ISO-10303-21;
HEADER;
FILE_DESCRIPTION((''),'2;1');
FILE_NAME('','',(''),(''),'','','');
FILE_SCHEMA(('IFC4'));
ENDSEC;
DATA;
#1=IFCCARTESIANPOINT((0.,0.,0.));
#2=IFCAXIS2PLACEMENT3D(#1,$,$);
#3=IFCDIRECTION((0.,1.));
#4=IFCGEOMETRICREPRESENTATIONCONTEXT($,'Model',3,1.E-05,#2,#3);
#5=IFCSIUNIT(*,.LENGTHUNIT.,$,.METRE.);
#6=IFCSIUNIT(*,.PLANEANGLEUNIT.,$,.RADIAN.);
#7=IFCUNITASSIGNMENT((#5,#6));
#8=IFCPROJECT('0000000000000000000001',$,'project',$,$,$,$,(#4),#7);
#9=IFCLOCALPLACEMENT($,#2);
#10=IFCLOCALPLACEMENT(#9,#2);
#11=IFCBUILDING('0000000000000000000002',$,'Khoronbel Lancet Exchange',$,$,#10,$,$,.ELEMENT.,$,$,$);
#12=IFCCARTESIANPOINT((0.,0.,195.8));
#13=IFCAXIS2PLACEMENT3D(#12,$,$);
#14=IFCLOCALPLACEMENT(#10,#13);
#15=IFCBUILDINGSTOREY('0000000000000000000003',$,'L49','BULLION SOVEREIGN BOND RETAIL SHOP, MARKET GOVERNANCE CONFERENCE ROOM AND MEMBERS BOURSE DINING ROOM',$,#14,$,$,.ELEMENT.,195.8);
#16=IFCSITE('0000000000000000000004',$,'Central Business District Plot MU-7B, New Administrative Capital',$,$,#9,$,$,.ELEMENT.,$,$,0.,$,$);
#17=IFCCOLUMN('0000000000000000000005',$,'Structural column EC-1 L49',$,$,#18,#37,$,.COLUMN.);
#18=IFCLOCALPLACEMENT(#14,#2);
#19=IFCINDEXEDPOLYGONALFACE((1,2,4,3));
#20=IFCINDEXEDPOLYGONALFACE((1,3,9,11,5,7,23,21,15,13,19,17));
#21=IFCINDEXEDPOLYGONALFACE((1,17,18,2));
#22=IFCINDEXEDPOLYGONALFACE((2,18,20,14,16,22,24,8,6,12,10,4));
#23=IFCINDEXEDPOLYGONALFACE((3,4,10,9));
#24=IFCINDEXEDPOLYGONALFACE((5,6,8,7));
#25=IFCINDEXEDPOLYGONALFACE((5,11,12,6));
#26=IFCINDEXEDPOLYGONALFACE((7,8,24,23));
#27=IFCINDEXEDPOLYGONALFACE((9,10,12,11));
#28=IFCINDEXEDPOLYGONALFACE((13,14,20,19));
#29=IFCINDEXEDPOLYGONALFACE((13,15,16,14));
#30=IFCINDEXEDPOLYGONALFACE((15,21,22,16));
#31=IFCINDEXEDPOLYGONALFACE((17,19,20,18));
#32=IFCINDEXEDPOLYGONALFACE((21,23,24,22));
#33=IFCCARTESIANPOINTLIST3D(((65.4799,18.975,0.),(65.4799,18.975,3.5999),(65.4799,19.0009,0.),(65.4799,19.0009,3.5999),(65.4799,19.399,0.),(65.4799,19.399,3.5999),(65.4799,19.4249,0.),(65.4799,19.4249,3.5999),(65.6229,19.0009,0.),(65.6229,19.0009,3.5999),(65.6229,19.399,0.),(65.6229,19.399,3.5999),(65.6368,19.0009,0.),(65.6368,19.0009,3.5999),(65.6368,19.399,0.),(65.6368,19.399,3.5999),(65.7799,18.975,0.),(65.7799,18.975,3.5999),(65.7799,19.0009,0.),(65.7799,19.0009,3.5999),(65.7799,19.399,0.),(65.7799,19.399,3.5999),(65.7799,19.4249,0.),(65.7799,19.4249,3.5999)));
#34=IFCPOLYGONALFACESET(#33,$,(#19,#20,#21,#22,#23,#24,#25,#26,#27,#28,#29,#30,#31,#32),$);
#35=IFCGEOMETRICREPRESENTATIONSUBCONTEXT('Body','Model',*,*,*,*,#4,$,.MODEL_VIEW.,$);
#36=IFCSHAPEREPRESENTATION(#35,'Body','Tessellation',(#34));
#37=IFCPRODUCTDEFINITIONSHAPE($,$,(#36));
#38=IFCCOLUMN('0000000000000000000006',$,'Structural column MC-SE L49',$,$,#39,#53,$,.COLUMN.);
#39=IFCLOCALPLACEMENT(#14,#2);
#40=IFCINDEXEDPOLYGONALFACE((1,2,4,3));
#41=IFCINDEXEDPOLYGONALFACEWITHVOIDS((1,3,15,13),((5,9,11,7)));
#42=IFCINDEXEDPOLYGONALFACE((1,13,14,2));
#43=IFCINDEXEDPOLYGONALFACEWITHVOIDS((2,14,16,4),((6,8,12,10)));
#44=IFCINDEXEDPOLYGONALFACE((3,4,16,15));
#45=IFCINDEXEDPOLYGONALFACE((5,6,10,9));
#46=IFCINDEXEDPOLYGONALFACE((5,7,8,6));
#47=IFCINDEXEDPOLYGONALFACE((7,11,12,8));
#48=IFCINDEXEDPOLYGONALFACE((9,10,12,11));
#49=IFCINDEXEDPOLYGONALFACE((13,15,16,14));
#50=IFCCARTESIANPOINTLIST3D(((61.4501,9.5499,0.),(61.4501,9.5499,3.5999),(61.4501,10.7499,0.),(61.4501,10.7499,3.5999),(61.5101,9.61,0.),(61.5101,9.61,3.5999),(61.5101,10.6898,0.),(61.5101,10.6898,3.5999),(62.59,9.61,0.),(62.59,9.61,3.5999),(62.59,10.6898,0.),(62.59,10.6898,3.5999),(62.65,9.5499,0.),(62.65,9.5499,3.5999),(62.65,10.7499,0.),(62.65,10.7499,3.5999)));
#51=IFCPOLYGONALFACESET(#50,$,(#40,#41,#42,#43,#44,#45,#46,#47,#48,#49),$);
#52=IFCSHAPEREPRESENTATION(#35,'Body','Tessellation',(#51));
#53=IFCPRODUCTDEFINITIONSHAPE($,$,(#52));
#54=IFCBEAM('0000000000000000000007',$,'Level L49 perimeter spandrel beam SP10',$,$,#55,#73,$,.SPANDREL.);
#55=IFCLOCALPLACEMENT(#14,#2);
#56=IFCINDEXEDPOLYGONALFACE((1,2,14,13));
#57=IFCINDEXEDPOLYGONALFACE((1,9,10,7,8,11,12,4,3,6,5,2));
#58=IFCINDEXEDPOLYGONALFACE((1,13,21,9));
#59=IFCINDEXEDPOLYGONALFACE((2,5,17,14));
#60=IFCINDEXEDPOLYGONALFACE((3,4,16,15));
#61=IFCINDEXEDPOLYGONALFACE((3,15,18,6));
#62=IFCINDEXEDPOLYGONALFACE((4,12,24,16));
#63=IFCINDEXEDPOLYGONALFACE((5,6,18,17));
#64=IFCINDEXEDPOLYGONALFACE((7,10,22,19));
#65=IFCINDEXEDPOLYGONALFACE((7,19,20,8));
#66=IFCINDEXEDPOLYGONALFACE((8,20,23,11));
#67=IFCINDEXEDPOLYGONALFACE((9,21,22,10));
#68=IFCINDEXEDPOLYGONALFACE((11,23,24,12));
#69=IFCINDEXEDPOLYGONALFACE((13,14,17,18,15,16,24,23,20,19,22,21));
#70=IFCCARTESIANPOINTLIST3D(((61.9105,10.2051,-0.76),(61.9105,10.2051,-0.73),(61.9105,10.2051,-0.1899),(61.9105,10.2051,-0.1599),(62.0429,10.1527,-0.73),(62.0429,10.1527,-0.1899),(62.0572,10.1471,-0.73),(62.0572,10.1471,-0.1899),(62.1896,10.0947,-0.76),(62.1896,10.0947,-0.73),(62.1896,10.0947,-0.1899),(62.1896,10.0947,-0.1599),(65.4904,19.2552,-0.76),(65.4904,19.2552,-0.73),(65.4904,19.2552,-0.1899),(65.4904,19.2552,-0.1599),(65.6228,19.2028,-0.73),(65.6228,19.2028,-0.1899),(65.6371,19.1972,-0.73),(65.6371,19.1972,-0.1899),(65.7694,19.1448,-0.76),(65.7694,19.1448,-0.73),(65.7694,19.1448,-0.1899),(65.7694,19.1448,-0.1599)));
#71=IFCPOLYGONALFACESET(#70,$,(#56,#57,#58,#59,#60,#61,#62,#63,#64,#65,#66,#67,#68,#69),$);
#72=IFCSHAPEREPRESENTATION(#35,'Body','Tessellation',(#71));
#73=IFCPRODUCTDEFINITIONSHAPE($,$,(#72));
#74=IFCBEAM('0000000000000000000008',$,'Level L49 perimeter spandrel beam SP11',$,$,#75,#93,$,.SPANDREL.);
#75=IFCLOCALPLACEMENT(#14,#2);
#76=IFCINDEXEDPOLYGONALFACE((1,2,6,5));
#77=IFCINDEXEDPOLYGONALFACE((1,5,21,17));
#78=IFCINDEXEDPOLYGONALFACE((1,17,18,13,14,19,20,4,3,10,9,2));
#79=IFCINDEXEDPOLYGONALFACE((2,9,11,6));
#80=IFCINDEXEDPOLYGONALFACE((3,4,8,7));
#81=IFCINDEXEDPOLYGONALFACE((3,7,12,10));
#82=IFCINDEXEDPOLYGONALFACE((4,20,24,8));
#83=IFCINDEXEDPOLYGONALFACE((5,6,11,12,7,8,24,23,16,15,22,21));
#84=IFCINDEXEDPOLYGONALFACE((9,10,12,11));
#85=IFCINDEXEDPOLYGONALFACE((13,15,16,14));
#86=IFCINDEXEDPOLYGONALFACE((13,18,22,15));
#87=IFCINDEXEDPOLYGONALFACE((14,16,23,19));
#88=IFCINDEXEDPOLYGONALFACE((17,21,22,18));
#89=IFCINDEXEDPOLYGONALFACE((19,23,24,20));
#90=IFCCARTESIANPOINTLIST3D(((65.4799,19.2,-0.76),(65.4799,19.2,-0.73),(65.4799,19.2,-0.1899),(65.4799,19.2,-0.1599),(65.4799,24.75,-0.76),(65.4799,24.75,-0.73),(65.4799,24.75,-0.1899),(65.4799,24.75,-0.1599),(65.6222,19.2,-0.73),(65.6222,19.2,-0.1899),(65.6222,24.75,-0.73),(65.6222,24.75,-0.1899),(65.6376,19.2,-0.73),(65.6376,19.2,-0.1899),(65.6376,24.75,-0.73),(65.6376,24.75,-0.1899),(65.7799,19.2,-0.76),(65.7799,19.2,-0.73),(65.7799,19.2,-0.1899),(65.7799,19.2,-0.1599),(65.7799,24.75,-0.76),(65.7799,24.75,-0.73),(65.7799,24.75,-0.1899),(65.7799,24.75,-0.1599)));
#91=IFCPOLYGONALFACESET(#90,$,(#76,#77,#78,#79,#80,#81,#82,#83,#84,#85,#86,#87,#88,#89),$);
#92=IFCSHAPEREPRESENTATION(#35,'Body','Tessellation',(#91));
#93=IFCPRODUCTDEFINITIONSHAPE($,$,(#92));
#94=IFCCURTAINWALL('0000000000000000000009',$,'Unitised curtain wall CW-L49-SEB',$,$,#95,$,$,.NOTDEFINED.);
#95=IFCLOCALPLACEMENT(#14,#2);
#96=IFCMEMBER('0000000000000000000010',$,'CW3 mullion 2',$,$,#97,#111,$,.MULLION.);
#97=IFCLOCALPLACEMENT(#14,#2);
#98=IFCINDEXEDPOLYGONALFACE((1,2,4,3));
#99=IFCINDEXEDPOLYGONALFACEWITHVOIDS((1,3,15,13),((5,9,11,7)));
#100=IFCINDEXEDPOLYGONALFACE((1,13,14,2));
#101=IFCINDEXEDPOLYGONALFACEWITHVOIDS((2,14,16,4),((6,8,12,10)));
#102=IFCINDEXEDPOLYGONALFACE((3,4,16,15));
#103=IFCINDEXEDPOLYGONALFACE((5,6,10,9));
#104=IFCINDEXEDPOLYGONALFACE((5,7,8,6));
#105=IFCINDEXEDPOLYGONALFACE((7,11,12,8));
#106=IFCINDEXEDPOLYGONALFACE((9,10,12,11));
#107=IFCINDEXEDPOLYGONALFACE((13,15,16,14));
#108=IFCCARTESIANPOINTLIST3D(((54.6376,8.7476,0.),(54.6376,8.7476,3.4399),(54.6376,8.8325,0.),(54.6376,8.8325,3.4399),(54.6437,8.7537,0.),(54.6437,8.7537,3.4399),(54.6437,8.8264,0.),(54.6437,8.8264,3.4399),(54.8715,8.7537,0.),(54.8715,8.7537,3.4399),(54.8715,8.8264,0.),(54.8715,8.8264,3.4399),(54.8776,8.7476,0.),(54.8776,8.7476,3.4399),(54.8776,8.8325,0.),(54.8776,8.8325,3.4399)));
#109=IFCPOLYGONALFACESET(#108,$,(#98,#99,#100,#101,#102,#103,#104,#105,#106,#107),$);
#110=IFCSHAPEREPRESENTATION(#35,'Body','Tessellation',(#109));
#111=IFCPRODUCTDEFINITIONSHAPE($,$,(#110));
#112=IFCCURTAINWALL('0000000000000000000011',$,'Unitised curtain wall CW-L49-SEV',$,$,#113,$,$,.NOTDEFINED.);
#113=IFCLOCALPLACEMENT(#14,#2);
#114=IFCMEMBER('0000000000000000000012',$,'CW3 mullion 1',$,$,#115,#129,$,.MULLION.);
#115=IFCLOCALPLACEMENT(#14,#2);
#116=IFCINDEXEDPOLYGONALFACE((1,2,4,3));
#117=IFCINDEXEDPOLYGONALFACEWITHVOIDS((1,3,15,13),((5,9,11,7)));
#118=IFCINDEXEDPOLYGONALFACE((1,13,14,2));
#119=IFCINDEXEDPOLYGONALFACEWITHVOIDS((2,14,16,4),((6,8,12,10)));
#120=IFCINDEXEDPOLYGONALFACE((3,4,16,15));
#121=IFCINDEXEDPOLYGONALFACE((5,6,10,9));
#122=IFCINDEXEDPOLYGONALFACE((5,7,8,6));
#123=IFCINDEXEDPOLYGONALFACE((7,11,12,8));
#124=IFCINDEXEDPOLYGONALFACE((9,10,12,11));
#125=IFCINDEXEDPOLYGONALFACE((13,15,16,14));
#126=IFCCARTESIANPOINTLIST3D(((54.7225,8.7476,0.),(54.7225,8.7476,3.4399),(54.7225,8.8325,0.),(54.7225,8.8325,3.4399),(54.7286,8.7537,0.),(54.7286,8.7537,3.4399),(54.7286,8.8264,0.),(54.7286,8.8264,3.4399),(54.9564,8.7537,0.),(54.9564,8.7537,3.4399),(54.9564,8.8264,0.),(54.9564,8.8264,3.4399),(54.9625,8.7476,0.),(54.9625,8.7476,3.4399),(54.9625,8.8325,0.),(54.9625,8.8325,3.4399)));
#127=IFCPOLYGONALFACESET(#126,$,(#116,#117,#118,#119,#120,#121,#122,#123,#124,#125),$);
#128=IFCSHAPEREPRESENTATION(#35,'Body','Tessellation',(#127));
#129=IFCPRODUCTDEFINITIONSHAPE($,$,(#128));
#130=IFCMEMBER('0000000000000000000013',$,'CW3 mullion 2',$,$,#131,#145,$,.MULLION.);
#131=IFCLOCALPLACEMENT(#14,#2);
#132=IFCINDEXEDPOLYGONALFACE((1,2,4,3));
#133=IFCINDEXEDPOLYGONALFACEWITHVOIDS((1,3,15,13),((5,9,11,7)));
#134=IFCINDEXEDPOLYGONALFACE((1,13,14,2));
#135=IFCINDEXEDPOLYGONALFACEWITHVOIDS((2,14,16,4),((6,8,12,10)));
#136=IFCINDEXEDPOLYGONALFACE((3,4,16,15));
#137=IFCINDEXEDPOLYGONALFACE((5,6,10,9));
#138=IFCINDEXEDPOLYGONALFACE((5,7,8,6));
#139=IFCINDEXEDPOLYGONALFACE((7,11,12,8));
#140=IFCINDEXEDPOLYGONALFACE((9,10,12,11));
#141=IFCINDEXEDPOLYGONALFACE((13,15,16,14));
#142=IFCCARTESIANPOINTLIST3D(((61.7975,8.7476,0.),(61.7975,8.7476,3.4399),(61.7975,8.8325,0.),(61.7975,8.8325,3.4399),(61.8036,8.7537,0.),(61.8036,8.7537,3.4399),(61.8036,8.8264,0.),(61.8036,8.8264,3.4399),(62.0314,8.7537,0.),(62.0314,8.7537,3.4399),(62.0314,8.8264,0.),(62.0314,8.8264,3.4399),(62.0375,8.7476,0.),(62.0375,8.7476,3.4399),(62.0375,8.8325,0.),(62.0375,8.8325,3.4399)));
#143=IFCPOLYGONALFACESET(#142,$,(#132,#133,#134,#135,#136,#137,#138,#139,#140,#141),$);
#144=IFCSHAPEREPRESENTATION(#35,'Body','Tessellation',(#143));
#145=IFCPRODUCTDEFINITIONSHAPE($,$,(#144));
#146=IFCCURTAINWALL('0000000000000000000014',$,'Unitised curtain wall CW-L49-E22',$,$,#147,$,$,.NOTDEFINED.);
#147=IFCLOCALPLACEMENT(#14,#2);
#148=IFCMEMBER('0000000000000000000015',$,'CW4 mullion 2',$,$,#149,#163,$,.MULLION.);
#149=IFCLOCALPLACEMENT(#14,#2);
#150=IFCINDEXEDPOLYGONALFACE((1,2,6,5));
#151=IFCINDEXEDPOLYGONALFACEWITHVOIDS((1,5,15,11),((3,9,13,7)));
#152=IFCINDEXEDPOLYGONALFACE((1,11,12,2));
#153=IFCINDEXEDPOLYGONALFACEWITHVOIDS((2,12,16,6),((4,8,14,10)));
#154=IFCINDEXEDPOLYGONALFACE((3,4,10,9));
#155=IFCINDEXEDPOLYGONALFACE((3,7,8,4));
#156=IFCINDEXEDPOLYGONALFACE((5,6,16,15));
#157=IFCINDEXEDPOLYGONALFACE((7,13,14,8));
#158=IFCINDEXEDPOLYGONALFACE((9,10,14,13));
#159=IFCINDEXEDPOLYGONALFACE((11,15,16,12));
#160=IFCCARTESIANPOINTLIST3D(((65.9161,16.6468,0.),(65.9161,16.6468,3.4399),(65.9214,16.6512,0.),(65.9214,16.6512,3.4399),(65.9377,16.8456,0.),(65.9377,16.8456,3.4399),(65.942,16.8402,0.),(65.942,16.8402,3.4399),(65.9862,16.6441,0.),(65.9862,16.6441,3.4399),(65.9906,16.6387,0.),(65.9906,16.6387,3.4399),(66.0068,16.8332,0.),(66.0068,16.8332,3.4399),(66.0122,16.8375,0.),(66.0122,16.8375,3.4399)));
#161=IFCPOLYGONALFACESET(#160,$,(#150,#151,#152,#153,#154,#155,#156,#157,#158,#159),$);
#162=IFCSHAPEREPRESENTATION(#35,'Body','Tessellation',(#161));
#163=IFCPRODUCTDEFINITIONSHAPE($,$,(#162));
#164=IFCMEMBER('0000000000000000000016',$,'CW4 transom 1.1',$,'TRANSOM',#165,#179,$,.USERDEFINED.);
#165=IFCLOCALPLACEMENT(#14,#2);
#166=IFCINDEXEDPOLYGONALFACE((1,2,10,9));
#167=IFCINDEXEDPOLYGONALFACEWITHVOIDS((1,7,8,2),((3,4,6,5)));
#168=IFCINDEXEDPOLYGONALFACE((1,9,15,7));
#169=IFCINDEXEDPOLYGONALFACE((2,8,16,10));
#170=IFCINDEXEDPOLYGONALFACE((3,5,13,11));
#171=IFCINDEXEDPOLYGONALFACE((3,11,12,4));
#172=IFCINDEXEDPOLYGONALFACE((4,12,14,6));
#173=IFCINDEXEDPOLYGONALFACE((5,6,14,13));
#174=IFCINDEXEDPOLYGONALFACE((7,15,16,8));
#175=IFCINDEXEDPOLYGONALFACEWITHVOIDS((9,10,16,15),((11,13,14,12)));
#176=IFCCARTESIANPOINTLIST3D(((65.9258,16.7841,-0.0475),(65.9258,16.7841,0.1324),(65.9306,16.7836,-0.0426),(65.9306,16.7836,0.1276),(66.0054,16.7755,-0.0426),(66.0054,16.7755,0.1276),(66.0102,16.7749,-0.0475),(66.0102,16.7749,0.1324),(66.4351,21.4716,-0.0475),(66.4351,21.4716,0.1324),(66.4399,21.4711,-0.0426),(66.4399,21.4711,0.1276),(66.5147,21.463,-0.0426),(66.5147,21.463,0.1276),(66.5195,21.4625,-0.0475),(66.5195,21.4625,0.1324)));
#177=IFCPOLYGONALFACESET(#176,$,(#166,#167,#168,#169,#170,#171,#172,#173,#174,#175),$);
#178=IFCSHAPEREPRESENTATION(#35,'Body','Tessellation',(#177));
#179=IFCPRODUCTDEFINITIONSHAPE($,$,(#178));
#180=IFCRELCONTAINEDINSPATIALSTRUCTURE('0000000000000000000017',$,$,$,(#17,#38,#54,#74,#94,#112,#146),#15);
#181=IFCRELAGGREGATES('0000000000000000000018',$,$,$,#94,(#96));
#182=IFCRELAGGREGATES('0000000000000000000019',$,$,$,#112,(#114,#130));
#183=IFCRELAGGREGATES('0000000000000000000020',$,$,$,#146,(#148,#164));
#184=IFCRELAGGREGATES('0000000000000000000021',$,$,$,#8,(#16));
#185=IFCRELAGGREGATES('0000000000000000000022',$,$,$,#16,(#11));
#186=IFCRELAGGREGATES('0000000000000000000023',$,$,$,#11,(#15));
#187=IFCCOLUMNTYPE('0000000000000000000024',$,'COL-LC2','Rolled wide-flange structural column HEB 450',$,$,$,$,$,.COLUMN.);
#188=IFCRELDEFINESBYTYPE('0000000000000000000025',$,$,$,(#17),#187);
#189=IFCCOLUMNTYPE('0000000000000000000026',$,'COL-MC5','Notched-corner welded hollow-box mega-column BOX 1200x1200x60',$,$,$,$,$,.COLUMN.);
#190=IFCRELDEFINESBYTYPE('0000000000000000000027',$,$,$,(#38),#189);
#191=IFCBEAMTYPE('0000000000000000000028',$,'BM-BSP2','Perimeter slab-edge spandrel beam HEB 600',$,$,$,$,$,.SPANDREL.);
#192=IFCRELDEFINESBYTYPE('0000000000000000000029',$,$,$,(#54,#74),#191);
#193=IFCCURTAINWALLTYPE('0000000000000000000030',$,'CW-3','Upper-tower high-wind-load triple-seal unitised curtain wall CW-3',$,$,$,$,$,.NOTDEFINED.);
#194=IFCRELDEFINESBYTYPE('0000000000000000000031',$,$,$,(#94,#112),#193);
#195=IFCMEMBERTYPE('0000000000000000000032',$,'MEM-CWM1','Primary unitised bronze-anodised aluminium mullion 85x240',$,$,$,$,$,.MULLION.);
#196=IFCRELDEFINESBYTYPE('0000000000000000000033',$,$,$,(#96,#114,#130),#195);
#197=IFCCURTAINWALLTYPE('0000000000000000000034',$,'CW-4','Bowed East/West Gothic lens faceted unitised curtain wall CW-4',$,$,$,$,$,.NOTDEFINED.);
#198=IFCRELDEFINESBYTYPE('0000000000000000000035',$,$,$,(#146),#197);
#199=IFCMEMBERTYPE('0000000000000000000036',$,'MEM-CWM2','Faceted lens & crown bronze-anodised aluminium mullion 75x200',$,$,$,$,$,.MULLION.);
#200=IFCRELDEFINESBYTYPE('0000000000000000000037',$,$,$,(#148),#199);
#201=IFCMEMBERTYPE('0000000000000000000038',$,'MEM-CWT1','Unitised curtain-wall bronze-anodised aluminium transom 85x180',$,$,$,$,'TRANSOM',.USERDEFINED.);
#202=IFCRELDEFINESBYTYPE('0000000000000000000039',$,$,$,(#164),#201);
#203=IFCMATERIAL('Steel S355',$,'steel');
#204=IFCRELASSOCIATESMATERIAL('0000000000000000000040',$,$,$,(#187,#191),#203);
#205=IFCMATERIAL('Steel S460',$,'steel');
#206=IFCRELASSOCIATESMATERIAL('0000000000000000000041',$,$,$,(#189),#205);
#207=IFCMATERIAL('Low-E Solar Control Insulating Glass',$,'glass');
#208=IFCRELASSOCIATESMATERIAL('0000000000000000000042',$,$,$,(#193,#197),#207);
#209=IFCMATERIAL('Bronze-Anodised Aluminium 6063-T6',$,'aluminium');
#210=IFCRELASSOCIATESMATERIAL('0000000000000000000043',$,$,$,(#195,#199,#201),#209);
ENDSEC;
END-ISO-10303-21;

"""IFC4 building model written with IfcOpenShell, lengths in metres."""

from ifc_helpers import new_model, si_unit, direction, frame, origin, origin_2d, place, context, subcontext, project, spatial, hollow_rectangle, i_section, extrude, material, material_profile, profile_set, type_object, element, aggregate, save


model = new_model("IFC4")

# Units and contexts
model_context = context("Model", 3, precision=1e-05, world=origin(), true_north=direction((0.0, 1.0)))
body_context = subcontext(model_context, "Body", "Model", "MODEL_VIEW")
ifc_project = project(units=[si_unit("LENGTHUNIT", "METRE"), si_unit("PLANEANGLEUNIT", "RADIAN")], contexts=[model_context])

# Site, building, storey
site_placement = place(None, origin())
site = spatial("IfcSite", under=ifc_project, at=site_placement, Name="Central Business District Plot MU-7B, New Administrative Capital", CompositionType="ELEMENT", RefElevation=0.0)
building_placement = place(site_placement, origin())
building = spatial("IfcBuilding", under=site, at=building_placement, Name="Khoronbel Lancet Exchange", CompositionType="ELEMENT")
storey_placement = place(building_placement, frame((0.0, 0.0, 195.8)))
storey = spatial("IfcBuildingStorey", under=building, at=storey_placement, Name="L49", Description="BULLION SOVEREIGN BOND RETAIL SHOP, MARKET GOVERNANCE CONFERENCE ROOM AND MEMBERS BOURSE DINING ROOM", CompositionType="ELEMENT", Elevation=195.8)

# Columns
ifc_material_1 = material(Name="Steel S355", Category="steel")
ifc_material_profile_1 = material_profile(ifc_material_1, i_section(OverallWidth=0.3, OverallDepth=0.45, WebThickness=0.0139, FlangeThickness=0.0259, at=origin_2d()), Name="HEB 450")
ifc_profile_set_1 = profile_set([ifc_material_profile_1], Name="Steel S355")
column_type_1 = type_object("IfcColumnType", Name="COL-LC2", Description="Rolled wide-flange structural column HEB 450", PredefinedType="COLUMN", material=ifc_profile_set_1)
column_1_placement = place(storey_placement, frame((65.6299, 19.2, 0.0), z_axis=(0.0, 0.0, 1.0), x_axis=(1.0, 0.0, 0.0)))
element("IfcColumn", 1, at=column_1_placement, inside=storey, type_object=column_type_1, Name="Structural column EC-1 L49", PredefinedType="COLUMN", context=body_context, shape_type="SweptSolid", body=[
    extrude(i_section(OverallWidth=0.3, OverallDepth=0.45, WebThickness=0.0139, FlangeThickness=0.0259, at=origin_2d()), origin(), (0.0, 0.0, 1.0), 3.5999),
])
ifc_material_2 = material(Name="Steel S460", Category="steel")
ifc_material_profile_2 = material_profile(ifc_material_2, hollow_rectangle(XDim=1.2, YDim=1.2, WallThickness=0.0601, at=origin_2d()), Name="BOX 1200x1200x60")
ifc_profile_set_2 = profile_set([ifc_material_profile_2], Name="Steel S460")
column_type_2 = type_object("IfcColumnType", Name="COL-MC5", Description="Notched-corner welded hollow-box mega-column BOX 1200x1200x60", PredefinedType="COLUMN", material=ifc_profile_set_2)
column_2_placement = place(storey_placement, frame((62.05, 10.1499, 0.0), z_axis=(0.0, 0.0, 1.0), x_axis=(1.0, 0.0, 0.0)))
element("IfcColumn", 2, at=column_2_placement, inside=storey, type_object=column_type_2, Name="Structural column MC-SE L49", PredefinedType="COLUMN", context=body_context, shape_type="SweptSolid", body=[
    extrude(hollow_rectangle(XDim=1.2, YDim=1.2, WallThickness=0.0601, at=origin_2d()), origin(), (0.0, 0.0, 1.0), 3.5999),
])

# Beams
ifc_material_profile_3 = material_profile(ifc_material_1, i_section(OverallWidth=0.3, OverallDepth=0.6001, WebThickness=0.0154, FlangeThickness=0.03, at=origin_2d()), Name="HEB 600")
ifc_profile_set_3 = profile_set([ifc_material_profile_3], Name="Steel S355")
beam_type = type_object("IfcBeamType", Name="BM-BSP2", Description="Perimeter slab-edge spandrel beam HEB 600", PredefinedType="SPANDREL", material=ifc_profile_set_3)
beam_1_placement = place(storey_placement, frame((62.05, 10.1499, -0.46), z_axis=(0.367828, 0.929894, 0.0), x_axis=(-0.929894, 0.367828, 0.0)))
element("IfcBeam", 3, at=beam_1_placement, inside=storey, type_object=beam_type, Name="Level L49 perimeter spandrel beam SP10", PredefinedType="SPANDREL", context=body_context, shape_type="SweptSolid", body=[
    extrude(i_section(OverallWidth=0.3, OverallDepth=0.6001, WebThickness=0.0154, FlangeThickness=0.03, at=origin_2d()), origin(), (0.0, 0.0, 1.0), 9.7324),
])
beam_2_placement = place(storey_placement, frame((65.6299, 19.2, -0.46), z_axis=(0.0, 1.0, 0.0), x_axis=(-1.0, 0.0, 0.0)))
element("IfcBeam", 4, at=beam_2_placement, inside=storey, type_object=beam_type, Name="Level L49 perimeter spandrel beam SP11", PredefinedType="SPANDREL", context=body_context, shape_type="SweptSolid", body=[
    extrude(i_section(OverallWidth=0.3, OverallDepth=0.6001, WebThickness=0.0154, FlangeThickness=0.03, at=origin_2d()), origin(), (0.0, 0.0, 1.0), 5.55),
])

# Curtain wall, member
ifc_material_3 = material(Name="Low-E Solar Control Insulating Glass", Category="glass")
curtain_wall_type_1 = type_object("IfcCurtainWallType", Name="CW-3", Description="Upper-tower high-wind-load triple-seal unitised curtain wall CW-3", PredefinedType="NOTDEFINED", material=ifc_material_3)
curtain_wall_1_placement = place(storey_placement, origin())
curtain_wall_1 = element("IfcCurtainWall", 5, at=curtain_wall_1_placement, inside=storey, type_object=curtain_wall_type_1, Name="Unitised curtain wall CW-L49-SEB", PredefinedType="NOTDEFINED")
ifc_material_4 = material(Name="Bronze-Anodised Aluminium 6063-T6", Category="aluminium")
ifc_material_profile_4 = material_profile(ifc_material_4, hollow_rectangle(XDim=0.085, YDim=0.24, WallThickness=0.0061, at=origin_2d()), Name="ALU MULLION 85x240")
ifc_profile_set_4 = profile_set([ifc_material_profile_4], Name="Bronze-Anodised Aluminium 6063-T6")
member_type_1 = type_object("IfcMemberType", Name="MEM-CWM1", Description="Primary unitised bronze-anodised aluminium mullion 85x240", PredefinedType="MULLION", material=ifc_profile_set_4)
member_1_placement = place(storey_placement, frame((54.7576, 8.79, 0.0), z_axis=(0.0, 0.0, 1.0), x_axis=(0.0, 1.0, 0.0)))
member_1 = element("IfcMember", 6, at=member_1_placement, type_object=member_type_1, Name="CW3 mullion 2", PredefinedType="MULLION", context=body_context, shape_type="SweptSolid", body=[
    extrude(hollow_rectangle(XDim=0.085, YDim=0.24, WallThickness=0.0061, at=origin_2d()), origin(), (0.0, 0.0, 1.0), 3.4399),
])
aggregate(curtain_wall_1, [member_1])

# Curtain walls, members
curtain_wall_2_placement = place(storey_placement, origin())
curtain_wall_2 = element("IfcCurtainWall", 7, at=curtain_wall_2_placement, inside=storey, type_object=curtain_wall_type_1, Name="Unitised curtain wall CW-L49-SEV", PredefinedType="NOTDEFINED")
member_2_placement = place(storey_placement, frame((54.8425, 8.79, 0.0), z_axis=(0.0, 0.0, 1.0), x_axis=(0.0, 1.0, 0.0)))
member_2 = element("IfcMember", 8, at=member_2_placement, type_object=member_type_1, Name="CW3 mullion 1", PredefinedType="MULLION", context=body_context, shape_type="SweptSolid", body=[
    extrude(hollow_rectangle(XDim=0.085, YDim=0.24, WallThickness=0.0061, at=origin_2d()), origin(), (0.0, 0.0, 1.0), 3.4399),
])
member_3_placement = place(storey_placement, frame((61.9175, 8.79, 0.0), z_axis=(0.0, 0.0, 1.0), x_axis=(0.0, 1.0, 0.0)))
member_3 = element("IfcMember", 9, at=member_3_placement, type_object=member_type_1, Name="CW3 mullion 2", PredefinedType="MULLION", context=body_context, shape_type="SweptSolid", body=[
    extrude(hollow_rectangle(XDim=0.085, YDim=0.24, WallThickness=0.0061, at=origin_2d()), origin(), (0.0, 0.0, 1.0), 3.4399),
])
curtain_wall_type_2 = type_object("IfcCurtainWallType", Name="CW-4", Description="Bowed East/West Gothic lens faceted unitised curtain wall CW-4", PredefinedType="NOTDEFINED", material=ifc_material_3)
curtain_wall_3_placement = place(storey_placement, origin())
curtain_wall_3 = element("IfcCurtainWall", 10, at=curtain_wall_3_placement, inside=storey, type_object=curtain_wall_type_2, Name="Unitised curtain wall CW-L49-E22", PredefinedType="NOTDEFINED")
ifc_material_profile_5 = material_profile(ifc_material_4, hollow_rectangle(XDim=0.075, YDim=0.2, WallThickness=0.0049, at=origin_2d()), Name="ALU MULLION 75x200")
ifc_profile_set_5 = profile_set([ifc_material_profile_5], Name="Bronze-Anodised Aluminium 6063-T6")
member_type_2 = type_object("IfcMemberType", Name="MEM-CWM2", Description="Faceted lens & crown bronze-anodised aluminium mullion 75x200", PredefinedType="MULLION", material=ifc_profile_set_5)
member_4_placement = place(storey_placement, frame((65.9641, 16.7422, 0.0), z_axis=(0.0, 0.0, 1.0), x_axis=(0.994152, -0.10799, 0.0)))
member_4 = element("IfcMember", 11, at=member_4_placement, type_object=member_type_2, Name="CW4 mullion 2", PredefinedType="MULLION", context=body_context, shape_type="SweptSolid", body=[
    extrude(hollow_rectangle(XDim=0.075, YDim=0.2, WallThickness=0.0049, at=origin_2d()), origin(), (0.0, 0.0, 1.0), 3.4399),
])
ifc_material_profile_6 = material_profile(ifc_material_4, hollow_rectangle(XDim=0.085, YDim=0.1799, WallThickness=0.0049, at=origin_2d()), Name="ALU TRANSOM 85x180")
ifc_profile_set_6 = profile_set([ifc_material_profile_6], Name="Bronze-Anodised Aluminium 6063-T6")
member_type_3 = type_object("IfcMemberType", Name="MEM-CWT1", Description="Unitised curtain-wall bronze-anodised aluminium transom 85x180", ElementType="TRANSOM", PredefinedType="USERDEFINED", material=ifc_profile_set_6)
member_5_placement = place(storey_placement, frame((66.4773, 21.467, 0.0425), z_axis=(-0.10801, -0.99415, 0.0), x_axis=(0.99415, -0.10801, 0.0)))
member_5 = element("IfcMember", 12, at=member_5_placement, type_object=member_type_3, Name="CW4 transom 1.1", ObjectType="TRANSOM", PredefinedType="USERDEFINED", context=body_context, shape_type="SweptSolid", body=[
    extrude(hollow_rectangle(XDim=0.085, YDim=0.1799, WallThickness=0.0049, at=origin_2d()), origin(), (0.0, 0.0, 1.0), 4.7151),
])

aggregate(curtain_wall_2, [member_2, member_3])
aggregate(curtain_wall_3, [member_4, member_5])

save(model, "model.ifc")
